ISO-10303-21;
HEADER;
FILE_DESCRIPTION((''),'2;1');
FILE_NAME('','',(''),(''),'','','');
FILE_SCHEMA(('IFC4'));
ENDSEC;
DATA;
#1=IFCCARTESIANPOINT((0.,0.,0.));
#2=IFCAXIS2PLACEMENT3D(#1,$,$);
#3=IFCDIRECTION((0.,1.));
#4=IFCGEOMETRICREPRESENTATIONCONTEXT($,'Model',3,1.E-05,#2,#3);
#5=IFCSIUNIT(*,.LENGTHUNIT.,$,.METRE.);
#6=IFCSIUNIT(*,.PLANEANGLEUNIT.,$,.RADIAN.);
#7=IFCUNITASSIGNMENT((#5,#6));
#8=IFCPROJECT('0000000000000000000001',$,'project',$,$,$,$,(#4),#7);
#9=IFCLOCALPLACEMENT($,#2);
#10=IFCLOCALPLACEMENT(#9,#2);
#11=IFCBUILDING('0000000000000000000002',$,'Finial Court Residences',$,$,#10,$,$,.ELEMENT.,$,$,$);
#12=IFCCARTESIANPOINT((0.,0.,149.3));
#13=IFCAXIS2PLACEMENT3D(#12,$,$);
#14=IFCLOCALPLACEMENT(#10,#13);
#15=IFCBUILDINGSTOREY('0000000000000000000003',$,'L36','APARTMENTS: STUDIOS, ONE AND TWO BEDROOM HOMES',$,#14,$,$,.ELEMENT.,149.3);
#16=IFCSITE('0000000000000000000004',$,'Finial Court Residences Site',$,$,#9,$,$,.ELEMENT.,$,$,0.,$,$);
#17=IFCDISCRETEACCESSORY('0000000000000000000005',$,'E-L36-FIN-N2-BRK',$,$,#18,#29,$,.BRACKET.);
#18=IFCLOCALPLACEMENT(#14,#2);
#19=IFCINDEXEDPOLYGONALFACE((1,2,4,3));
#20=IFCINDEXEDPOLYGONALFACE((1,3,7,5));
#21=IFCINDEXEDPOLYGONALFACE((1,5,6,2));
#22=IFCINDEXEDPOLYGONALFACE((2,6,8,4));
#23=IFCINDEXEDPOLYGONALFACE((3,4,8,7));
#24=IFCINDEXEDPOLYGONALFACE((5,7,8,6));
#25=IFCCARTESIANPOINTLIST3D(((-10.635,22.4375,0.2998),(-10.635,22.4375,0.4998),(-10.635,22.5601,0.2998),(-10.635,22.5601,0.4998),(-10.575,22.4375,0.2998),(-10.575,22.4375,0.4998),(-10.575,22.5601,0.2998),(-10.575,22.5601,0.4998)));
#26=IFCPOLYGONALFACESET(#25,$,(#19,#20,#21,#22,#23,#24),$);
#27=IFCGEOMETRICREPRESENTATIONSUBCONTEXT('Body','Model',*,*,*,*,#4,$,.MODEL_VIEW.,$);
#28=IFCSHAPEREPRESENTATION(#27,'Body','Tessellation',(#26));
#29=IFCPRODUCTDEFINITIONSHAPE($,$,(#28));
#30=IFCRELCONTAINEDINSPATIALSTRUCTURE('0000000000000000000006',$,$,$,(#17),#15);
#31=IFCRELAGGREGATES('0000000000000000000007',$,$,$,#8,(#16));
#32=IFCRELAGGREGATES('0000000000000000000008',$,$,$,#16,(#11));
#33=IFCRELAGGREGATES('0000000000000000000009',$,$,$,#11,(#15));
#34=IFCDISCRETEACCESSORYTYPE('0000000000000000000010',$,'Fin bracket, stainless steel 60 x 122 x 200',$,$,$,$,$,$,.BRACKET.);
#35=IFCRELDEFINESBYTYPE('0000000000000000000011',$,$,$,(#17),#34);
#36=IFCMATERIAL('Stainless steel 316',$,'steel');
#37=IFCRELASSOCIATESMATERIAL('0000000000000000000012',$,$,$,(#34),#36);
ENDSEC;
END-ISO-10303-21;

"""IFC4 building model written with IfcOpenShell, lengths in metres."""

from ifc_helpers import new_model, si_unit, direction, frame, origin, origin_2d, place, context, subcontext, project, spatial, rectangle, extrude, material, type_object, element, save


model = new_model("IFC4")

# Units and contexts
model_context = context("Model", 3, precision=1e-05, world=origin(), true_north=direction((0.0, 1.0)))
body_context = subcontext(model_context, "Body", "Model", "MODEL_VIEW")
ifc_project = project(units=[si_unit("LENGTHUNIT", "METRE"), si_unit("PLANEANGLEUNIT", "RADIAN")], contexts=[model_context])

# Site, building, storey
site_placement = place(None, origin())
site = spatial("IfcSite", under=ifc_project, at=site_placement, Name="Finial Court Residences Site", CompositionType="ELEMENT", RefElevation=0.0)
building_placement = place(site_placement, origin())
building = spatial("IfcBuilding", under=site, at=building_placement, Name="Finial Court Residences", CompositionType="ELEMENT")
storey_placement = place(building_placement, frame((0.0, 0.0, 149.3)))
storey = spatial("IfcBuildingStorey", under=building, at=storey_placement, Name="L36", Description="APARTMENTS: STUDIOS, ONE AND TWO BEDROOM HOMES", CompositionType="ELEMENT", Elevation=149.3)

# Discrete accessory
ifc_material_1 = material(Name="Stainless steel 316", Category="steel")
discrete_accessory_type = type_object("IfcDiscreteAccessoryType", Name="Fin bracket, stainless steel 60 x 122 x 200", PredefinedType="BRACKET", material=ifc_material_1)
discrete_accessory_placement = place(storey_placement, frame((-10.605, 22.4988, 0.2998), z_axis=(0.0, 0.0, 1.0), x_axis=(1.0, 0.0, 0.0)))
element("IfcDiscreteAccessory", 1, at=discrete_accessory_placement, inside=storey, type_object=discrete_accessory_type, Name="E-L36-FIN-N2-BRK", PredefinedType="BRACKET", context=body_context, shape_type="SweptSolid", body=[
    extrude(rectangle(XDim=0.0601, YDim=0.1226, at=origin_2d()), origin(), (0.0, 0.0, 1.0), 0.2),
])

save(model, "model.ifc")
